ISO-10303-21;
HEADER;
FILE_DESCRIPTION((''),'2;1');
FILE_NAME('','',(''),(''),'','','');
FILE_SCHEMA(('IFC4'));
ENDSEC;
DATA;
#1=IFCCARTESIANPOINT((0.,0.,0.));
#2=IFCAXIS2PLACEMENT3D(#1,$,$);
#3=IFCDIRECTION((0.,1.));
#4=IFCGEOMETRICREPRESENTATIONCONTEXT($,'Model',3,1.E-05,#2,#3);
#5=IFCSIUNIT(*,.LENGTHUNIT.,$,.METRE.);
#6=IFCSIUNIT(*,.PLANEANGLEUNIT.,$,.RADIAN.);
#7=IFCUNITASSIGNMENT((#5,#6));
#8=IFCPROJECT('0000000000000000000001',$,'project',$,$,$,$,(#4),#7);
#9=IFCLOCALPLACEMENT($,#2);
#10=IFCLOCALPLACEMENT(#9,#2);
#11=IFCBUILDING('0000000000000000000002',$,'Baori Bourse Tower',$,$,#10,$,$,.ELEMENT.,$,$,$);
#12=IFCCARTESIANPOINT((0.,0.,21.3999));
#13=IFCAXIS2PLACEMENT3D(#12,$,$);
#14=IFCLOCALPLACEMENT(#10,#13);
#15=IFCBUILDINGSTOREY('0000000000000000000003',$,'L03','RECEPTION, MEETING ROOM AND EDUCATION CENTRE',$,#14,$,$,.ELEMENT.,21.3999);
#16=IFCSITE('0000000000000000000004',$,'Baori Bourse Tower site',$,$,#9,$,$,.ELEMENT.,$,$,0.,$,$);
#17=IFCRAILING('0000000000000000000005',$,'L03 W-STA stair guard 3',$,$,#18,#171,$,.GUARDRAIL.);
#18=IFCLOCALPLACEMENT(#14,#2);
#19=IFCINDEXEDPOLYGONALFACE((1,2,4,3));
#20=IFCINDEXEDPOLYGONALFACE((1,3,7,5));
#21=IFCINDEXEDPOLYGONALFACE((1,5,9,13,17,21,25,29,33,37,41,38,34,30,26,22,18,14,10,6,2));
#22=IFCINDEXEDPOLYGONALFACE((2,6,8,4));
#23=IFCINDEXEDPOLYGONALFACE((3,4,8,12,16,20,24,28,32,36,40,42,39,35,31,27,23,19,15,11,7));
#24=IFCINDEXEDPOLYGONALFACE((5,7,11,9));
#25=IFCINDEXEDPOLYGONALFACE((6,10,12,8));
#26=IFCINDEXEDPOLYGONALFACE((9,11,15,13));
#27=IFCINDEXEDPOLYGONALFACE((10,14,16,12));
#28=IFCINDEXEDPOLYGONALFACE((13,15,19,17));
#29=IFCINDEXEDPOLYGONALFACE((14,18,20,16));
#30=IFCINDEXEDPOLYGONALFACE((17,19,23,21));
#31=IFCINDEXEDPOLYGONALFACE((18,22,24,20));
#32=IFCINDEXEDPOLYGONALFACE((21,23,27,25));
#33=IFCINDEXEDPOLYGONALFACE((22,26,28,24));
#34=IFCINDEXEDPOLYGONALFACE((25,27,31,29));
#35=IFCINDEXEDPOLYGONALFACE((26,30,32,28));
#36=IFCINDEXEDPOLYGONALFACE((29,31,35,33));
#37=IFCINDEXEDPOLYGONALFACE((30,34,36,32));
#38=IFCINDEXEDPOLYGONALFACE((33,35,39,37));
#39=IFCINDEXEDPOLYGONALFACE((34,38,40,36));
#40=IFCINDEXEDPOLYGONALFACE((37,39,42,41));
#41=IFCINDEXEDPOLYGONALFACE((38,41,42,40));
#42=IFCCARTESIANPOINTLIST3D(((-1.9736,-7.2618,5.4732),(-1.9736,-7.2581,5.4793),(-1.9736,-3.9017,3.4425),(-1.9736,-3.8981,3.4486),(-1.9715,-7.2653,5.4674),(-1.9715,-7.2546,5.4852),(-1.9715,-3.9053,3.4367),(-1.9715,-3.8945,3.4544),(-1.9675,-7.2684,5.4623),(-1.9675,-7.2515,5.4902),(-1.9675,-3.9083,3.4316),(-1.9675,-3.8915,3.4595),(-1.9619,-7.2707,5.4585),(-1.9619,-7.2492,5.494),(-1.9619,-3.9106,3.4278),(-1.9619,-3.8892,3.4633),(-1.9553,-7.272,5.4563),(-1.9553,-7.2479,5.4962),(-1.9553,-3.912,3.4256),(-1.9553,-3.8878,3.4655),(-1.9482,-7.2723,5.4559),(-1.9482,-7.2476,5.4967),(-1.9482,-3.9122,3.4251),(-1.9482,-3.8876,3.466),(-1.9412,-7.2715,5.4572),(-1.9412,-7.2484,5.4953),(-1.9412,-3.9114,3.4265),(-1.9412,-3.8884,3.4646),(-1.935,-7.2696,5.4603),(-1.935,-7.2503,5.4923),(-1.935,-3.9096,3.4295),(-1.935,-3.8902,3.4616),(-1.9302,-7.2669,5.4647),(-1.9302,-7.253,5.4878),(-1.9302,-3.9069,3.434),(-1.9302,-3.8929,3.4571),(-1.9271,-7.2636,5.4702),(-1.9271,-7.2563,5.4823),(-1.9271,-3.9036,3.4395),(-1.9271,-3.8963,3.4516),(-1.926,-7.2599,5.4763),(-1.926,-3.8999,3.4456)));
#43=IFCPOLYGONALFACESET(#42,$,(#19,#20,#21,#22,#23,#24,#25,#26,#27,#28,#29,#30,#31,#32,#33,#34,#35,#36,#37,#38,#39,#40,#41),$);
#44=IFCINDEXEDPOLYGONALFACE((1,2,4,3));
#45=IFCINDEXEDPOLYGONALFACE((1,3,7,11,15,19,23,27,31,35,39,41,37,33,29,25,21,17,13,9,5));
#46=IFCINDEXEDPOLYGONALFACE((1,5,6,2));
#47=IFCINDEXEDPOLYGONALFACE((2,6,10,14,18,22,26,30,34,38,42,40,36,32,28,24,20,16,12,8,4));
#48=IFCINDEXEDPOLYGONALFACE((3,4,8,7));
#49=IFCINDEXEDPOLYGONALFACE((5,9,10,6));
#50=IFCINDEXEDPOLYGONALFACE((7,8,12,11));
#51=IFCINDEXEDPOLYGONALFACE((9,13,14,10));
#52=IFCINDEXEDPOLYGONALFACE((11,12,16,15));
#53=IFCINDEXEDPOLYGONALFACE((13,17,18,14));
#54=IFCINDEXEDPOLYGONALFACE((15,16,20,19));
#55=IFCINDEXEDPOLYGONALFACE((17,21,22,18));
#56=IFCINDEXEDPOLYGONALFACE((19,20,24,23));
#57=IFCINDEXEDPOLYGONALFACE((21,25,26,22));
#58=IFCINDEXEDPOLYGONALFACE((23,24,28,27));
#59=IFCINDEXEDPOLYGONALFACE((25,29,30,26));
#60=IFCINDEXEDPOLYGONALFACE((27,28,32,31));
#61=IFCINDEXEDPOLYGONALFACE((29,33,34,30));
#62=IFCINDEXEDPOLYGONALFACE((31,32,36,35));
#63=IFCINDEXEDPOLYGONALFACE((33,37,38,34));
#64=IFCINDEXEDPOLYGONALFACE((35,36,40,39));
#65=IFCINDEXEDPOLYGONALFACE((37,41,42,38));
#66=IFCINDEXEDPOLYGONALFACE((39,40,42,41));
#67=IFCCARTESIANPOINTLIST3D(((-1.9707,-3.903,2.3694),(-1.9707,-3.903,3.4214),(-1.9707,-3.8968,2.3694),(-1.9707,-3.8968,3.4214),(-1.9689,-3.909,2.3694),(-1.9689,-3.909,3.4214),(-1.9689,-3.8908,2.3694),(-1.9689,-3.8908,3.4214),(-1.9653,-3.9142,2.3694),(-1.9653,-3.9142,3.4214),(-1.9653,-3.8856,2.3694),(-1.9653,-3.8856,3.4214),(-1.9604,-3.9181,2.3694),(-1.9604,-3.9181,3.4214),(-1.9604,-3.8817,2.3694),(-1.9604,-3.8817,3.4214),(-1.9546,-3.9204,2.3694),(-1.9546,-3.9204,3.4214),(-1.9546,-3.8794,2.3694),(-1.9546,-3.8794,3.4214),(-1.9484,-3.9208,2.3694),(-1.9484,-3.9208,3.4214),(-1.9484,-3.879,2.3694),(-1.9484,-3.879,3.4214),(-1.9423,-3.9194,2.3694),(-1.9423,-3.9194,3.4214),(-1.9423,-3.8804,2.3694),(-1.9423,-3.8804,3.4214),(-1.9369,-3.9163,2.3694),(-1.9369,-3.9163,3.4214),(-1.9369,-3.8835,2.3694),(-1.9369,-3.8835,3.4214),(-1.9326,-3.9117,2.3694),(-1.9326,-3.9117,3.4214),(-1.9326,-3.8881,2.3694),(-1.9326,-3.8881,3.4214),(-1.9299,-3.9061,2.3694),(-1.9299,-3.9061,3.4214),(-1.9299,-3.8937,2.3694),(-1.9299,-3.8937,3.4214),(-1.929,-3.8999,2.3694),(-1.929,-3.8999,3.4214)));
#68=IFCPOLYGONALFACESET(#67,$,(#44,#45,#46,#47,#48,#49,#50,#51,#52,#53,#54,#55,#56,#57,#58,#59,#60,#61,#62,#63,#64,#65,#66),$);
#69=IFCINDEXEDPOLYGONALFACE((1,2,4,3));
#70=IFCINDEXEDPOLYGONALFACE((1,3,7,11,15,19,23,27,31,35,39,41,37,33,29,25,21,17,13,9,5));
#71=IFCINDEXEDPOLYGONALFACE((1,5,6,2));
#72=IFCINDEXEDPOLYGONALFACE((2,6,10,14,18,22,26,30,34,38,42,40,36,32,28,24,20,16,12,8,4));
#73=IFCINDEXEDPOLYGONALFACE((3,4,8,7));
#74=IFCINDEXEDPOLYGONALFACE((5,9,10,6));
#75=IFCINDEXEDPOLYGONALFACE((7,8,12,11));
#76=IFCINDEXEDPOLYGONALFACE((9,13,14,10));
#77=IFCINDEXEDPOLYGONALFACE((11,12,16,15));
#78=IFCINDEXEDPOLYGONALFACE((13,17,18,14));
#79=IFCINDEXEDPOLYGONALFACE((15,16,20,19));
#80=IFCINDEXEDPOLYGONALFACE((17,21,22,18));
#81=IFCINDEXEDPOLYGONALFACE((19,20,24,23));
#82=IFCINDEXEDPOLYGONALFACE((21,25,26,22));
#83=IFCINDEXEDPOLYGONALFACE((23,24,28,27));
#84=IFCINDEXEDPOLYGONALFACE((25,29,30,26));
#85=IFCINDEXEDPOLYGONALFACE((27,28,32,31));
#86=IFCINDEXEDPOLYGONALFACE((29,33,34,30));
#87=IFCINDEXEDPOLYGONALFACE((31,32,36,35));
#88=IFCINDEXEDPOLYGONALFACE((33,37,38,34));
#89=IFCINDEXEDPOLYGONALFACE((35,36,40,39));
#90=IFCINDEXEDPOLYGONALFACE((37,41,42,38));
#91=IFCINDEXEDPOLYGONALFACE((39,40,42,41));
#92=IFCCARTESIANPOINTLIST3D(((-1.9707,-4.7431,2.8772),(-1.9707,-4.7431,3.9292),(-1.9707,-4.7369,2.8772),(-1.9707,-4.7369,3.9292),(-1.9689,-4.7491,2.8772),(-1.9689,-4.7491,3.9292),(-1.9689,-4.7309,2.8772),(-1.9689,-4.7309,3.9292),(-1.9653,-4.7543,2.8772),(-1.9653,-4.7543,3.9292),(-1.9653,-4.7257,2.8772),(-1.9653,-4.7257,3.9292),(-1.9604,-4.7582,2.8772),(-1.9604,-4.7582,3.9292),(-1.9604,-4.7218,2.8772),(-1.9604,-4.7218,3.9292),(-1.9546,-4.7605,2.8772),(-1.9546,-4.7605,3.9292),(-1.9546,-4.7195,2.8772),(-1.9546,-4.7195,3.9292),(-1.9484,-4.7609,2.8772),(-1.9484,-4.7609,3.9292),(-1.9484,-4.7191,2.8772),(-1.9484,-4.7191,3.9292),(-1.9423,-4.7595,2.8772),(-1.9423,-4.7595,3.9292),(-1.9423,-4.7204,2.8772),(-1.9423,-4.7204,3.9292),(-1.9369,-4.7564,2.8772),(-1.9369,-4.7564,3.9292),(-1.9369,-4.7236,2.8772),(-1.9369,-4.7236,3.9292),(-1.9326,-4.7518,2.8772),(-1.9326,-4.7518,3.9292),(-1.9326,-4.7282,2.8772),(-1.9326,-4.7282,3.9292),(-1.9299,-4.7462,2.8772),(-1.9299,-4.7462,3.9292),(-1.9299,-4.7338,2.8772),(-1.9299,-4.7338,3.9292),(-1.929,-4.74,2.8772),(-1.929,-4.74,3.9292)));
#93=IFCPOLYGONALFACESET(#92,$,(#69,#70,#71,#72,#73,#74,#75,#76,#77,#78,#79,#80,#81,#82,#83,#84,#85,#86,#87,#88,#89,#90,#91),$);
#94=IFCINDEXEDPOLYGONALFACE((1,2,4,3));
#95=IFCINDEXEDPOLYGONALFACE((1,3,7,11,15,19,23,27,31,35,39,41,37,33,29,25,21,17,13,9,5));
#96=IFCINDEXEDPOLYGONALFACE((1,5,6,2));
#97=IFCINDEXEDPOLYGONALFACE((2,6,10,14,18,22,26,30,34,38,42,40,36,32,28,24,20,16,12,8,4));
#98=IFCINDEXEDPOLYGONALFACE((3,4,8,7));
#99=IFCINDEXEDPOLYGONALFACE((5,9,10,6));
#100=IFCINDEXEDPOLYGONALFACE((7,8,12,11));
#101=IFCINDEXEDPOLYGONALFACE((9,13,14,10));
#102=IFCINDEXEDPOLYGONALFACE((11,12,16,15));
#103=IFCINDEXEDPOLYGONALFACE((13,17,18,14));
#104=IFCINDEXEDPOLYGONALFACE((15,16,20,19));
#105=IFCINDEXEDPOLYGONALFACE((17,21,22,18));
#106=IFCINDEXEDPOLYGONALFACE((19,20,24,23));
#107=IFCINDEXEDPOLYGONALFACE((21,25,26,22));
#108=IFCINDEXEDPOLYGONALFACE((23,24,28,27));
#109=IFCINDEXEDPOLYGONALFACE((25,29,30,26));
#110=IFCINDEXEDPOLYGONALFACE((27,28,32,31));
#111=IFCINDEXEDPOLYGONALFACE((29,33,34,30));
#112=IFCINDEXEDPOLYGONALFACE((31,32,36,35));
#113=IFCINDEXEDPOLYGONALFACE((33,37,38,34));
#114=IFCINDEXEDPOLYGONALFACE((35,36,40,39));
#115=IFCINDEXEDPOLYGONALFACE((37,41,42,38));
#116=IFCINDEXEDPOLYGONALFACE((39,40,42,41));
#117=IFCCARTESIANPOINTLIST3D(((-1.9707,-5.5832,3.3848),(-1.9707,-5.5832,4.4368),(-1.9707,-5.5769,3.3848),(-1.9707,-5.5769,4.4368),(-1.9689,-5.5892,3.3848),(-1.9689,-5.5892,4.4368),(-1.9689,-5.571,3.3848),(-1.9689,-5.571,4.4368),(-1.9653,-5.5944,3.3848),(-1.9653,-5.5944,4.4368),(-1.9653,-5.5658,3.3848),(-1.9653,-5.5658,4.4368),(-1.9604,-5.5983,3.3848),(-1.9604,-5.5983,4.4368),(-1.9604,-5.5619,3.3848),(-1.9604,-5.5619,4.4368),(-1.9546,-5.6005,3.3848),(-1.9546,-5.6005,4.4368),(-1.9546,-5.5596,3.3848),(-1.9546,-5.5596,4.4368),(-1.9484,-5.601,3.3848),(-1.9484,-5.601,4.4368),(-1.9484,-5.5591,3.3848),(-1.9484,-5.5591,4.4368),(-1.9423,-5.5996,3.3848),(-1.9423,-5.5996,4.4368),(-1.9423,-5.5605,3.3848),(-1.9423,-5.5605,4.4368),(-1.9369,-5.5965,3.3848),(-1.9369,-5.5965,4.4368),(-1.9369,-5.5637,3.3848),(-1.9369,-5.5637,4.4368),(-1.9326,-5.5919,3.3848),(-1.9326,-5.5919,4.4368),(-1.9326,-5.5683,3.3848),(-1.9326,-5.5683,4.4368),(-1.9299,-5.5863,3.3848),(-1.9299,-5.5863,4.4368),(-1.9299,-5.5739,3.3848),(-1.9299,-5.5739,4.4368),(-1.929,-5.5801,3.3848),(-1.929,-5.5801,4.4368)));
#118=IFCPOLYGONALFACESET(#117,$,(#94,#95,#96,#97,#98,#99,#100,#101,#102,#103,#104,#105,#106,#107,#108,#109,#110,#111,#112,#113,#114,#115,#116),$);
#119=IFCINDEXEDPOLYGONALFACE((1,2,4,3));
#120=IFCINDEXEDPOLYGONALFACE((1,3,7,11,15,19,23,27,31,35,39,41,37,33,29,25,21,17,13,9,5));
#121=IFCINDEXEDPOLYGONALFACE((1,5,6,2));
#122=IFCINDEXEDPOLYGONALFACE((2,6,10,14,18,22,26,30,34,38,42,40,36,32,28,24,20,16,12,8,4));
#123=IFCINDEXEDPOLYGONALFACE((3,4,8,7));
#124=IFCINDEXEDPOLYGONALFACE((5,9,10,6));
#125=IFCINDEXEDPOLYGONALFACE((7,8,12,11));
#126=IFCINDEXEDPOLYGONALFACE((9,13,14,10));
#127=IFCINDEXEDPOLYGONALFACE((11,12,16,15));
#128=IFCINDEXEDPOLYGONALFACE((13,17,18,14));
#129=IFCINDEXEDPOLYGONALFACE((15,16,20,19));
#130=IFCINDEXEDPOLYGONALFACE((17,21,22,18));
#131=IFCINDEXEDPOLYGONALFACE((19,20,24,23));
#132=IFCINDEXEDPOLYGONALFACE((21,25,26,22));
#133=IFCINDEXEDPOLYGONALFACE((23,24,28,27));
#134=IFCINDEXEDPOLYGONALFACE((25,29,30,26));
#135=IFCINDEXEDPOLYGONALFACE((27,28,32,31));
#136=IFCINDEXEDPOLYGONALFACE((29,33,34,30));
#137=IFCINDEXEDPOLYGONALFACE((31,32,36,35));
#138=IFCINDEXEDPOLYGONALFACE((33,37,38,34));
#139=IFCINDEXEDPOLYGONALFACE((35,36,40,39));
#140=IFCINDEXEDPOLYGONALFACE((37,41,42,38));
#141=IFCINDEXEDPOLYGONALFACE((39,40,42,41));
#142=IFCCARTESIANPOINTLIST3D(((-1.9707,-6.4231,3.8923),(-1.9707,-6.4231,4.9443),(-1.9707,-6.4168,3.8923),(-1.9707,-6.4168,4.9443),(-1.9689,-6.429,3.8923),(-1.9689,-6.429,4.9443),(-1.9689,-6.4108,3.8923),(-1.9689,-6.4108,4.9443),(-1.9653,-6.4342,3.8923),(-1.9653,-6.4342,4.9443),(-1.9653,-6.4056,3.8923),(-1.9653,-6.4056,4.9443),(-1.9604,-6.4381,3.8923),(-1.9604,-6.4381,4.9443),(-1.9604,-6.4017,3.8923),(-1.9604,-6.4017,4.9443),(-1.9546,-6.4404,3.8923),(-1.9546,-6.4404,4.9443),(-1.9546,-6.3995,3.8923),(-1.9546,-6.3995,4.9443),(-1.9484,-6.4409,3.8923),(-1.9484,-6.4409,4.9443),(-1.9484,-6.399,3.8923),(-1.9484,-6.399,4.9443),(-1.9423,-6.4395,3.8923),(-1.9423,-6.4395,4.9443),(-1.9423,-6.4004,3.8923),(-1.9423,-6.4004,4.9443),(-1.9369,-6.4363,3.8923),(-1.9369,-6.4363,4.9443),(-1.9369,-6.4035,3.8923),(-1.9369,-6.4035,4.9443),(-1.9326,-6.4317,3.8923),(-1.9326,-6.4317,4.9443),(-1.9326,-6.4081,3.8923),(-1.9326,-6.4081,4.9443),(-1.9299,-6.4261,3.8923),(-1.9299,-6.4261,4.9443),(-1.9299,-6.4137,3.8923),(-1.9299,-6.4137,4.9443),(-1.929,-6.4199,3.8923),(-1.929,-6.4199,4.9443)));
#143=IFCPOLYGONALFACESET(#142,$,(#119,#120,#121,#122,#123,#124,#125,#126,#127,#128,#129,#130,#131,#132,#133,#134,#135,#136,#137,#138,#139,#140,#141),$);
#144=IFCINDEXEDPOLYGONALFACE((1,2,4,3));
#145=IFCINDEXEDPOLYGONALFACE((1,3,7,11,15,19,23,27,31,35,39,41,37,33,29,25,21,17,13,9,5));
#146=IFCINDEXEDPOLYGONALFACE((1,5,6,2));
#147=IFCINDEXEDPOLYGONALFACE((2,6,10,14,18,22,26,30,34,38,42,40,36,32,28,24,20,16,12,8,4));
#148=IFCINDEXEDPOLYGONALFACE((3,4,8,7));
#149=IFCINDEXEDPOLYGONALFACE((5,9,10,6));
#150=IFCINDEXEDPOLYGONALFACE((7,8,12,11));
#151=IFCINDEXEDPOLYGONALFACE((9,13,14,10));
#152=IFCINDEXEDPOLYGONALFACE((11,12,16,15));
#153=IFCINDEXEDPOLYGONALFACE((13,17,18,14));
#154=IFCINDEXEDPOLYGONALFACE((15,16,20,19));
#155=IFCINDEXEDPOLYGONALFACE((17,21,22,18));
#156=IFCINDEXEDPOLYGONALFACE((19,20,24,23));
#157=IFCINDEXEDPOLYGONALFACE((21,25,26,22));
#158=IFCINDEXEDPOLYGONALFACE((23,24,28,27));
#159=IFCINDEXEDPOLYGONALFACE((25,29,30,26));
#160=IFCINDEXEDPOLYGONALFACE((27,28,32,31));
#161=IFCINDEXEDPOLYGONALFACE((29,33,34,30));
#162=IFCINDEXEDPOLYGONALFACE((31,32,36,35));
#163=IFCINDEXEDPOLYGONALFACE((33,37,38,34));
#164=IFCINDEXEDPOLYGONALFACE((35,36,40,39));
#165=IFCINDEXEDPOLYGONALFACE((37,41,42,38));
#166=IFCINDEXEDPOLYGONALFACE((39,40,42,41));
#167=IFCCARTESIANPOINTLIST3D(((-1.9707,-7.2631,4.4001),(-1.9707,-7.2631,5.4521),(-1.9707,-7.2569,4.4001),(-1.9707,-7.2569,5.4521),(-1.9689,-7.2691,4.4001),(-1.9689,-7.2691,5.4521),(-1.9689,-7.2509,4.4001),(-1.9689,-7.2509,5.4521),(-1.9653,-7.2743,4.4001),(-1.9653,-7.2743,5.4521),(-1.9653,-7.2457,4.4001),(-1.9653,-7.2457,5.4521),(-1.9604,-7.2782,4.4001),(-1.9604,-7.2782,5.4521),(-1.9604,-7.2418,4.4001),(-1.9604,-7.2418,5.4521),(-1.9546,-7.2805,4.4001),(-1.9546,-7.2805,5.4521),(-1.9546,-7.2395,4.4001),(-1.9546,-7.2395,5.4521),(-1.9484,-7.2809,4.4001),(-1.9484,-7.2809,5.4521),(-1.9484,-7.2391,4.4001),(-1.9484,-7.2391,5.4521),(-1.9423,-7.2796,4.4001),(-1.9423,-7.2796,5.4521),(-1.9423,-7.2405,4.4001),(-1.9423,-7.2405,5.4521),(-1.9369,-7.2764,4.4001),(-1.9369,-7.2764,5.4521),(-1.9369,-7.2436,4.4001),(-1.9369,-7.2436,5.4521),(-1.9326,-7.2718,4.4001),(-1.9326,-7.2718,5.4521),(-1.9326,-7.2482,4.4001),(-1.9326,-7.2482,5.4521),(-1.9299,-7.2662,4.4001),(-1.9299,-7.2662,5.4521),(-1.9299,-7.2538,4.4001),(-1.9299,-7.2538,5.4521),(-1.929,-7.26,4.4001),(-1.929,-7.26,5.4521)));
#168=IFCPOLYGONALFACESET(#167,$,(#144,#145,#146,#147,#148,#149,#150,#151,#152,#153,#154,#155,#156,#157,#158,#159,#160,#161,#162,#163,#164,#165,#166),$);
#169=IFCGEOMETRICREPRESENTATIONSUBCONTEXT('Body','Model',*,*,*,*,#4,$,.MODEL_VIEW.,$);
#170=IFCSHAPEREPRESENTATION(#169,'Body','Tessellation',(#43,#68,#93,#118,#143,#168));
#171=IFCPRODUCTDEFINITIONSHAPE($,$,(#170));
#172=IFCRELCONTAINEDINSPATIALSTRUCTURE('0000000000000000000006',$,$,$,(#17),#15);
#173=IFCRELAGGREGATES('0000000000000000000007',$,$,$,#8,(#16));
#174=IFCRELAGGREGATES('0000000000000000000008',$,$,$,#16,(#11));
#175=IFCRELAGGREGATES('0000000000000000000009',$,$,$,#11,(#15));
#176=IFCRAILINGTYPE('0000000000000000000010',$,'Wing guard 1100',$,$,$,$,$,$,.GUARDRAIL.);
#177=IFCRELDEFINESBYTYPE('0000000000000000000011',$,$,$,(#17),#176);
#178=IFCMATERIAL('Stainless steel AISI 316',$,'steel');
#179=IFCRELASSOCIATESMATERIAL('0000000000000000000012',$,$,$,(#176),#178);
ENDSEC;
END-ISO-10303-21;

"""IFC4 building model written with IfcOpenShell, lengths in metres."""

from ifc_helpers import new_model, si_unit, direction, frame, origin, origin_2d, place, context, subcontext, project, spatial, circle, extrude, material, type_object, element, save


model = new_model("IFC4")

# Units and contexts
model_context = context("Model", 3, precision=1e-05, world=origin(), true_north=direction((0.0, 1.0)))
body_context = subcontext(model_context, "Body", "Model", "MODEL_VIEW")
ifc_project = project(units=[si_unit("LENGTHUNIT", "METRE"), si_unit("PLANEANGLEUNIT", "RADIAN")], contexts=[model_context])

# Site, building, storey
site_placement = place(None, origin())
site = spatial("IfcSite", under=ifc_project, at=site_placement, Name="Baori Bourse Tower site", CompositionType="ELEMENT", RefElevation=0.0)
building_placement = place(site_placement, origin())
building = spatial("IfcBuilding", under=site, at=building_placement, Name="Baori Bourse Tower", CompositionType="ELEMENT")
storey_placement = place(building_placement, frame((0.0, 0.0, 21.3999)))
storey = spatial("IfcBuildingStorey", under=building, at=storey_placement, Name="L03", Description="RECEPTION, MEETING ROOM AND EDUCATION CENTRE", CompositionType="ELEMENT", Elevation=21.3999)

# Railing
ifc_material_1 = material(Name="Stainless steel AISI 316", Category="steel")
railing_type_1 = type_object("IfcRailingType", Name="Wing guard 1100", PredefinedType="GUARDRAIL", material=ifc_material_1)
railing_1_placement = place(storey_placement, frame((-1.95, -3.8999, 2.3694)))
element("IfcRailing", 1, at=railing_1_placement, inside=storey, type_object=railing_type_1, Name="L03 W-STA stair guard 3", PredefinedType="GUARDRAIL", context=body_context, shape_type="SweptSolid", body=[
    extrude(circle(Radius=0.0239, at=origin_2d()), frame((0.0, 0.0, 1.0762), z_axis=(0.0, -0.855837, 0.517246), x_axis=(1.0, 0.0, 0.0)), (0.0, 0.0, 1.0), 3.926),
    extrude(circle(Radius=0.021, at=origin_2d()), origin(), (0.0, 0.0, 1.0), 1.052),
    extrude(circle(Radius=0.021, at=origin_2d()), frame((0.0, -0.8401, 0.5078)), (0.0, 0.0, 1.0), 1.052),
    extrude(circle(Radius=0.021, at=origin_2d()), frame((0.0, -1.6802, 1.0154)), (0.0, 0.0, 1.0), 1.052),
    extrude(circle(Radius=0.021, at=origin_2d()), frame((0.0, -2.52, 1.5229)), (0.0, 0.0, 1.0), 1.052),
    extrude(circle(Radius=0.021, at=origin_2d()), frame((0.0, -3.3601, 2.0308)), (0.0, 0.0, 1.0), 1.052),
])

save(model, "model.ifc")
